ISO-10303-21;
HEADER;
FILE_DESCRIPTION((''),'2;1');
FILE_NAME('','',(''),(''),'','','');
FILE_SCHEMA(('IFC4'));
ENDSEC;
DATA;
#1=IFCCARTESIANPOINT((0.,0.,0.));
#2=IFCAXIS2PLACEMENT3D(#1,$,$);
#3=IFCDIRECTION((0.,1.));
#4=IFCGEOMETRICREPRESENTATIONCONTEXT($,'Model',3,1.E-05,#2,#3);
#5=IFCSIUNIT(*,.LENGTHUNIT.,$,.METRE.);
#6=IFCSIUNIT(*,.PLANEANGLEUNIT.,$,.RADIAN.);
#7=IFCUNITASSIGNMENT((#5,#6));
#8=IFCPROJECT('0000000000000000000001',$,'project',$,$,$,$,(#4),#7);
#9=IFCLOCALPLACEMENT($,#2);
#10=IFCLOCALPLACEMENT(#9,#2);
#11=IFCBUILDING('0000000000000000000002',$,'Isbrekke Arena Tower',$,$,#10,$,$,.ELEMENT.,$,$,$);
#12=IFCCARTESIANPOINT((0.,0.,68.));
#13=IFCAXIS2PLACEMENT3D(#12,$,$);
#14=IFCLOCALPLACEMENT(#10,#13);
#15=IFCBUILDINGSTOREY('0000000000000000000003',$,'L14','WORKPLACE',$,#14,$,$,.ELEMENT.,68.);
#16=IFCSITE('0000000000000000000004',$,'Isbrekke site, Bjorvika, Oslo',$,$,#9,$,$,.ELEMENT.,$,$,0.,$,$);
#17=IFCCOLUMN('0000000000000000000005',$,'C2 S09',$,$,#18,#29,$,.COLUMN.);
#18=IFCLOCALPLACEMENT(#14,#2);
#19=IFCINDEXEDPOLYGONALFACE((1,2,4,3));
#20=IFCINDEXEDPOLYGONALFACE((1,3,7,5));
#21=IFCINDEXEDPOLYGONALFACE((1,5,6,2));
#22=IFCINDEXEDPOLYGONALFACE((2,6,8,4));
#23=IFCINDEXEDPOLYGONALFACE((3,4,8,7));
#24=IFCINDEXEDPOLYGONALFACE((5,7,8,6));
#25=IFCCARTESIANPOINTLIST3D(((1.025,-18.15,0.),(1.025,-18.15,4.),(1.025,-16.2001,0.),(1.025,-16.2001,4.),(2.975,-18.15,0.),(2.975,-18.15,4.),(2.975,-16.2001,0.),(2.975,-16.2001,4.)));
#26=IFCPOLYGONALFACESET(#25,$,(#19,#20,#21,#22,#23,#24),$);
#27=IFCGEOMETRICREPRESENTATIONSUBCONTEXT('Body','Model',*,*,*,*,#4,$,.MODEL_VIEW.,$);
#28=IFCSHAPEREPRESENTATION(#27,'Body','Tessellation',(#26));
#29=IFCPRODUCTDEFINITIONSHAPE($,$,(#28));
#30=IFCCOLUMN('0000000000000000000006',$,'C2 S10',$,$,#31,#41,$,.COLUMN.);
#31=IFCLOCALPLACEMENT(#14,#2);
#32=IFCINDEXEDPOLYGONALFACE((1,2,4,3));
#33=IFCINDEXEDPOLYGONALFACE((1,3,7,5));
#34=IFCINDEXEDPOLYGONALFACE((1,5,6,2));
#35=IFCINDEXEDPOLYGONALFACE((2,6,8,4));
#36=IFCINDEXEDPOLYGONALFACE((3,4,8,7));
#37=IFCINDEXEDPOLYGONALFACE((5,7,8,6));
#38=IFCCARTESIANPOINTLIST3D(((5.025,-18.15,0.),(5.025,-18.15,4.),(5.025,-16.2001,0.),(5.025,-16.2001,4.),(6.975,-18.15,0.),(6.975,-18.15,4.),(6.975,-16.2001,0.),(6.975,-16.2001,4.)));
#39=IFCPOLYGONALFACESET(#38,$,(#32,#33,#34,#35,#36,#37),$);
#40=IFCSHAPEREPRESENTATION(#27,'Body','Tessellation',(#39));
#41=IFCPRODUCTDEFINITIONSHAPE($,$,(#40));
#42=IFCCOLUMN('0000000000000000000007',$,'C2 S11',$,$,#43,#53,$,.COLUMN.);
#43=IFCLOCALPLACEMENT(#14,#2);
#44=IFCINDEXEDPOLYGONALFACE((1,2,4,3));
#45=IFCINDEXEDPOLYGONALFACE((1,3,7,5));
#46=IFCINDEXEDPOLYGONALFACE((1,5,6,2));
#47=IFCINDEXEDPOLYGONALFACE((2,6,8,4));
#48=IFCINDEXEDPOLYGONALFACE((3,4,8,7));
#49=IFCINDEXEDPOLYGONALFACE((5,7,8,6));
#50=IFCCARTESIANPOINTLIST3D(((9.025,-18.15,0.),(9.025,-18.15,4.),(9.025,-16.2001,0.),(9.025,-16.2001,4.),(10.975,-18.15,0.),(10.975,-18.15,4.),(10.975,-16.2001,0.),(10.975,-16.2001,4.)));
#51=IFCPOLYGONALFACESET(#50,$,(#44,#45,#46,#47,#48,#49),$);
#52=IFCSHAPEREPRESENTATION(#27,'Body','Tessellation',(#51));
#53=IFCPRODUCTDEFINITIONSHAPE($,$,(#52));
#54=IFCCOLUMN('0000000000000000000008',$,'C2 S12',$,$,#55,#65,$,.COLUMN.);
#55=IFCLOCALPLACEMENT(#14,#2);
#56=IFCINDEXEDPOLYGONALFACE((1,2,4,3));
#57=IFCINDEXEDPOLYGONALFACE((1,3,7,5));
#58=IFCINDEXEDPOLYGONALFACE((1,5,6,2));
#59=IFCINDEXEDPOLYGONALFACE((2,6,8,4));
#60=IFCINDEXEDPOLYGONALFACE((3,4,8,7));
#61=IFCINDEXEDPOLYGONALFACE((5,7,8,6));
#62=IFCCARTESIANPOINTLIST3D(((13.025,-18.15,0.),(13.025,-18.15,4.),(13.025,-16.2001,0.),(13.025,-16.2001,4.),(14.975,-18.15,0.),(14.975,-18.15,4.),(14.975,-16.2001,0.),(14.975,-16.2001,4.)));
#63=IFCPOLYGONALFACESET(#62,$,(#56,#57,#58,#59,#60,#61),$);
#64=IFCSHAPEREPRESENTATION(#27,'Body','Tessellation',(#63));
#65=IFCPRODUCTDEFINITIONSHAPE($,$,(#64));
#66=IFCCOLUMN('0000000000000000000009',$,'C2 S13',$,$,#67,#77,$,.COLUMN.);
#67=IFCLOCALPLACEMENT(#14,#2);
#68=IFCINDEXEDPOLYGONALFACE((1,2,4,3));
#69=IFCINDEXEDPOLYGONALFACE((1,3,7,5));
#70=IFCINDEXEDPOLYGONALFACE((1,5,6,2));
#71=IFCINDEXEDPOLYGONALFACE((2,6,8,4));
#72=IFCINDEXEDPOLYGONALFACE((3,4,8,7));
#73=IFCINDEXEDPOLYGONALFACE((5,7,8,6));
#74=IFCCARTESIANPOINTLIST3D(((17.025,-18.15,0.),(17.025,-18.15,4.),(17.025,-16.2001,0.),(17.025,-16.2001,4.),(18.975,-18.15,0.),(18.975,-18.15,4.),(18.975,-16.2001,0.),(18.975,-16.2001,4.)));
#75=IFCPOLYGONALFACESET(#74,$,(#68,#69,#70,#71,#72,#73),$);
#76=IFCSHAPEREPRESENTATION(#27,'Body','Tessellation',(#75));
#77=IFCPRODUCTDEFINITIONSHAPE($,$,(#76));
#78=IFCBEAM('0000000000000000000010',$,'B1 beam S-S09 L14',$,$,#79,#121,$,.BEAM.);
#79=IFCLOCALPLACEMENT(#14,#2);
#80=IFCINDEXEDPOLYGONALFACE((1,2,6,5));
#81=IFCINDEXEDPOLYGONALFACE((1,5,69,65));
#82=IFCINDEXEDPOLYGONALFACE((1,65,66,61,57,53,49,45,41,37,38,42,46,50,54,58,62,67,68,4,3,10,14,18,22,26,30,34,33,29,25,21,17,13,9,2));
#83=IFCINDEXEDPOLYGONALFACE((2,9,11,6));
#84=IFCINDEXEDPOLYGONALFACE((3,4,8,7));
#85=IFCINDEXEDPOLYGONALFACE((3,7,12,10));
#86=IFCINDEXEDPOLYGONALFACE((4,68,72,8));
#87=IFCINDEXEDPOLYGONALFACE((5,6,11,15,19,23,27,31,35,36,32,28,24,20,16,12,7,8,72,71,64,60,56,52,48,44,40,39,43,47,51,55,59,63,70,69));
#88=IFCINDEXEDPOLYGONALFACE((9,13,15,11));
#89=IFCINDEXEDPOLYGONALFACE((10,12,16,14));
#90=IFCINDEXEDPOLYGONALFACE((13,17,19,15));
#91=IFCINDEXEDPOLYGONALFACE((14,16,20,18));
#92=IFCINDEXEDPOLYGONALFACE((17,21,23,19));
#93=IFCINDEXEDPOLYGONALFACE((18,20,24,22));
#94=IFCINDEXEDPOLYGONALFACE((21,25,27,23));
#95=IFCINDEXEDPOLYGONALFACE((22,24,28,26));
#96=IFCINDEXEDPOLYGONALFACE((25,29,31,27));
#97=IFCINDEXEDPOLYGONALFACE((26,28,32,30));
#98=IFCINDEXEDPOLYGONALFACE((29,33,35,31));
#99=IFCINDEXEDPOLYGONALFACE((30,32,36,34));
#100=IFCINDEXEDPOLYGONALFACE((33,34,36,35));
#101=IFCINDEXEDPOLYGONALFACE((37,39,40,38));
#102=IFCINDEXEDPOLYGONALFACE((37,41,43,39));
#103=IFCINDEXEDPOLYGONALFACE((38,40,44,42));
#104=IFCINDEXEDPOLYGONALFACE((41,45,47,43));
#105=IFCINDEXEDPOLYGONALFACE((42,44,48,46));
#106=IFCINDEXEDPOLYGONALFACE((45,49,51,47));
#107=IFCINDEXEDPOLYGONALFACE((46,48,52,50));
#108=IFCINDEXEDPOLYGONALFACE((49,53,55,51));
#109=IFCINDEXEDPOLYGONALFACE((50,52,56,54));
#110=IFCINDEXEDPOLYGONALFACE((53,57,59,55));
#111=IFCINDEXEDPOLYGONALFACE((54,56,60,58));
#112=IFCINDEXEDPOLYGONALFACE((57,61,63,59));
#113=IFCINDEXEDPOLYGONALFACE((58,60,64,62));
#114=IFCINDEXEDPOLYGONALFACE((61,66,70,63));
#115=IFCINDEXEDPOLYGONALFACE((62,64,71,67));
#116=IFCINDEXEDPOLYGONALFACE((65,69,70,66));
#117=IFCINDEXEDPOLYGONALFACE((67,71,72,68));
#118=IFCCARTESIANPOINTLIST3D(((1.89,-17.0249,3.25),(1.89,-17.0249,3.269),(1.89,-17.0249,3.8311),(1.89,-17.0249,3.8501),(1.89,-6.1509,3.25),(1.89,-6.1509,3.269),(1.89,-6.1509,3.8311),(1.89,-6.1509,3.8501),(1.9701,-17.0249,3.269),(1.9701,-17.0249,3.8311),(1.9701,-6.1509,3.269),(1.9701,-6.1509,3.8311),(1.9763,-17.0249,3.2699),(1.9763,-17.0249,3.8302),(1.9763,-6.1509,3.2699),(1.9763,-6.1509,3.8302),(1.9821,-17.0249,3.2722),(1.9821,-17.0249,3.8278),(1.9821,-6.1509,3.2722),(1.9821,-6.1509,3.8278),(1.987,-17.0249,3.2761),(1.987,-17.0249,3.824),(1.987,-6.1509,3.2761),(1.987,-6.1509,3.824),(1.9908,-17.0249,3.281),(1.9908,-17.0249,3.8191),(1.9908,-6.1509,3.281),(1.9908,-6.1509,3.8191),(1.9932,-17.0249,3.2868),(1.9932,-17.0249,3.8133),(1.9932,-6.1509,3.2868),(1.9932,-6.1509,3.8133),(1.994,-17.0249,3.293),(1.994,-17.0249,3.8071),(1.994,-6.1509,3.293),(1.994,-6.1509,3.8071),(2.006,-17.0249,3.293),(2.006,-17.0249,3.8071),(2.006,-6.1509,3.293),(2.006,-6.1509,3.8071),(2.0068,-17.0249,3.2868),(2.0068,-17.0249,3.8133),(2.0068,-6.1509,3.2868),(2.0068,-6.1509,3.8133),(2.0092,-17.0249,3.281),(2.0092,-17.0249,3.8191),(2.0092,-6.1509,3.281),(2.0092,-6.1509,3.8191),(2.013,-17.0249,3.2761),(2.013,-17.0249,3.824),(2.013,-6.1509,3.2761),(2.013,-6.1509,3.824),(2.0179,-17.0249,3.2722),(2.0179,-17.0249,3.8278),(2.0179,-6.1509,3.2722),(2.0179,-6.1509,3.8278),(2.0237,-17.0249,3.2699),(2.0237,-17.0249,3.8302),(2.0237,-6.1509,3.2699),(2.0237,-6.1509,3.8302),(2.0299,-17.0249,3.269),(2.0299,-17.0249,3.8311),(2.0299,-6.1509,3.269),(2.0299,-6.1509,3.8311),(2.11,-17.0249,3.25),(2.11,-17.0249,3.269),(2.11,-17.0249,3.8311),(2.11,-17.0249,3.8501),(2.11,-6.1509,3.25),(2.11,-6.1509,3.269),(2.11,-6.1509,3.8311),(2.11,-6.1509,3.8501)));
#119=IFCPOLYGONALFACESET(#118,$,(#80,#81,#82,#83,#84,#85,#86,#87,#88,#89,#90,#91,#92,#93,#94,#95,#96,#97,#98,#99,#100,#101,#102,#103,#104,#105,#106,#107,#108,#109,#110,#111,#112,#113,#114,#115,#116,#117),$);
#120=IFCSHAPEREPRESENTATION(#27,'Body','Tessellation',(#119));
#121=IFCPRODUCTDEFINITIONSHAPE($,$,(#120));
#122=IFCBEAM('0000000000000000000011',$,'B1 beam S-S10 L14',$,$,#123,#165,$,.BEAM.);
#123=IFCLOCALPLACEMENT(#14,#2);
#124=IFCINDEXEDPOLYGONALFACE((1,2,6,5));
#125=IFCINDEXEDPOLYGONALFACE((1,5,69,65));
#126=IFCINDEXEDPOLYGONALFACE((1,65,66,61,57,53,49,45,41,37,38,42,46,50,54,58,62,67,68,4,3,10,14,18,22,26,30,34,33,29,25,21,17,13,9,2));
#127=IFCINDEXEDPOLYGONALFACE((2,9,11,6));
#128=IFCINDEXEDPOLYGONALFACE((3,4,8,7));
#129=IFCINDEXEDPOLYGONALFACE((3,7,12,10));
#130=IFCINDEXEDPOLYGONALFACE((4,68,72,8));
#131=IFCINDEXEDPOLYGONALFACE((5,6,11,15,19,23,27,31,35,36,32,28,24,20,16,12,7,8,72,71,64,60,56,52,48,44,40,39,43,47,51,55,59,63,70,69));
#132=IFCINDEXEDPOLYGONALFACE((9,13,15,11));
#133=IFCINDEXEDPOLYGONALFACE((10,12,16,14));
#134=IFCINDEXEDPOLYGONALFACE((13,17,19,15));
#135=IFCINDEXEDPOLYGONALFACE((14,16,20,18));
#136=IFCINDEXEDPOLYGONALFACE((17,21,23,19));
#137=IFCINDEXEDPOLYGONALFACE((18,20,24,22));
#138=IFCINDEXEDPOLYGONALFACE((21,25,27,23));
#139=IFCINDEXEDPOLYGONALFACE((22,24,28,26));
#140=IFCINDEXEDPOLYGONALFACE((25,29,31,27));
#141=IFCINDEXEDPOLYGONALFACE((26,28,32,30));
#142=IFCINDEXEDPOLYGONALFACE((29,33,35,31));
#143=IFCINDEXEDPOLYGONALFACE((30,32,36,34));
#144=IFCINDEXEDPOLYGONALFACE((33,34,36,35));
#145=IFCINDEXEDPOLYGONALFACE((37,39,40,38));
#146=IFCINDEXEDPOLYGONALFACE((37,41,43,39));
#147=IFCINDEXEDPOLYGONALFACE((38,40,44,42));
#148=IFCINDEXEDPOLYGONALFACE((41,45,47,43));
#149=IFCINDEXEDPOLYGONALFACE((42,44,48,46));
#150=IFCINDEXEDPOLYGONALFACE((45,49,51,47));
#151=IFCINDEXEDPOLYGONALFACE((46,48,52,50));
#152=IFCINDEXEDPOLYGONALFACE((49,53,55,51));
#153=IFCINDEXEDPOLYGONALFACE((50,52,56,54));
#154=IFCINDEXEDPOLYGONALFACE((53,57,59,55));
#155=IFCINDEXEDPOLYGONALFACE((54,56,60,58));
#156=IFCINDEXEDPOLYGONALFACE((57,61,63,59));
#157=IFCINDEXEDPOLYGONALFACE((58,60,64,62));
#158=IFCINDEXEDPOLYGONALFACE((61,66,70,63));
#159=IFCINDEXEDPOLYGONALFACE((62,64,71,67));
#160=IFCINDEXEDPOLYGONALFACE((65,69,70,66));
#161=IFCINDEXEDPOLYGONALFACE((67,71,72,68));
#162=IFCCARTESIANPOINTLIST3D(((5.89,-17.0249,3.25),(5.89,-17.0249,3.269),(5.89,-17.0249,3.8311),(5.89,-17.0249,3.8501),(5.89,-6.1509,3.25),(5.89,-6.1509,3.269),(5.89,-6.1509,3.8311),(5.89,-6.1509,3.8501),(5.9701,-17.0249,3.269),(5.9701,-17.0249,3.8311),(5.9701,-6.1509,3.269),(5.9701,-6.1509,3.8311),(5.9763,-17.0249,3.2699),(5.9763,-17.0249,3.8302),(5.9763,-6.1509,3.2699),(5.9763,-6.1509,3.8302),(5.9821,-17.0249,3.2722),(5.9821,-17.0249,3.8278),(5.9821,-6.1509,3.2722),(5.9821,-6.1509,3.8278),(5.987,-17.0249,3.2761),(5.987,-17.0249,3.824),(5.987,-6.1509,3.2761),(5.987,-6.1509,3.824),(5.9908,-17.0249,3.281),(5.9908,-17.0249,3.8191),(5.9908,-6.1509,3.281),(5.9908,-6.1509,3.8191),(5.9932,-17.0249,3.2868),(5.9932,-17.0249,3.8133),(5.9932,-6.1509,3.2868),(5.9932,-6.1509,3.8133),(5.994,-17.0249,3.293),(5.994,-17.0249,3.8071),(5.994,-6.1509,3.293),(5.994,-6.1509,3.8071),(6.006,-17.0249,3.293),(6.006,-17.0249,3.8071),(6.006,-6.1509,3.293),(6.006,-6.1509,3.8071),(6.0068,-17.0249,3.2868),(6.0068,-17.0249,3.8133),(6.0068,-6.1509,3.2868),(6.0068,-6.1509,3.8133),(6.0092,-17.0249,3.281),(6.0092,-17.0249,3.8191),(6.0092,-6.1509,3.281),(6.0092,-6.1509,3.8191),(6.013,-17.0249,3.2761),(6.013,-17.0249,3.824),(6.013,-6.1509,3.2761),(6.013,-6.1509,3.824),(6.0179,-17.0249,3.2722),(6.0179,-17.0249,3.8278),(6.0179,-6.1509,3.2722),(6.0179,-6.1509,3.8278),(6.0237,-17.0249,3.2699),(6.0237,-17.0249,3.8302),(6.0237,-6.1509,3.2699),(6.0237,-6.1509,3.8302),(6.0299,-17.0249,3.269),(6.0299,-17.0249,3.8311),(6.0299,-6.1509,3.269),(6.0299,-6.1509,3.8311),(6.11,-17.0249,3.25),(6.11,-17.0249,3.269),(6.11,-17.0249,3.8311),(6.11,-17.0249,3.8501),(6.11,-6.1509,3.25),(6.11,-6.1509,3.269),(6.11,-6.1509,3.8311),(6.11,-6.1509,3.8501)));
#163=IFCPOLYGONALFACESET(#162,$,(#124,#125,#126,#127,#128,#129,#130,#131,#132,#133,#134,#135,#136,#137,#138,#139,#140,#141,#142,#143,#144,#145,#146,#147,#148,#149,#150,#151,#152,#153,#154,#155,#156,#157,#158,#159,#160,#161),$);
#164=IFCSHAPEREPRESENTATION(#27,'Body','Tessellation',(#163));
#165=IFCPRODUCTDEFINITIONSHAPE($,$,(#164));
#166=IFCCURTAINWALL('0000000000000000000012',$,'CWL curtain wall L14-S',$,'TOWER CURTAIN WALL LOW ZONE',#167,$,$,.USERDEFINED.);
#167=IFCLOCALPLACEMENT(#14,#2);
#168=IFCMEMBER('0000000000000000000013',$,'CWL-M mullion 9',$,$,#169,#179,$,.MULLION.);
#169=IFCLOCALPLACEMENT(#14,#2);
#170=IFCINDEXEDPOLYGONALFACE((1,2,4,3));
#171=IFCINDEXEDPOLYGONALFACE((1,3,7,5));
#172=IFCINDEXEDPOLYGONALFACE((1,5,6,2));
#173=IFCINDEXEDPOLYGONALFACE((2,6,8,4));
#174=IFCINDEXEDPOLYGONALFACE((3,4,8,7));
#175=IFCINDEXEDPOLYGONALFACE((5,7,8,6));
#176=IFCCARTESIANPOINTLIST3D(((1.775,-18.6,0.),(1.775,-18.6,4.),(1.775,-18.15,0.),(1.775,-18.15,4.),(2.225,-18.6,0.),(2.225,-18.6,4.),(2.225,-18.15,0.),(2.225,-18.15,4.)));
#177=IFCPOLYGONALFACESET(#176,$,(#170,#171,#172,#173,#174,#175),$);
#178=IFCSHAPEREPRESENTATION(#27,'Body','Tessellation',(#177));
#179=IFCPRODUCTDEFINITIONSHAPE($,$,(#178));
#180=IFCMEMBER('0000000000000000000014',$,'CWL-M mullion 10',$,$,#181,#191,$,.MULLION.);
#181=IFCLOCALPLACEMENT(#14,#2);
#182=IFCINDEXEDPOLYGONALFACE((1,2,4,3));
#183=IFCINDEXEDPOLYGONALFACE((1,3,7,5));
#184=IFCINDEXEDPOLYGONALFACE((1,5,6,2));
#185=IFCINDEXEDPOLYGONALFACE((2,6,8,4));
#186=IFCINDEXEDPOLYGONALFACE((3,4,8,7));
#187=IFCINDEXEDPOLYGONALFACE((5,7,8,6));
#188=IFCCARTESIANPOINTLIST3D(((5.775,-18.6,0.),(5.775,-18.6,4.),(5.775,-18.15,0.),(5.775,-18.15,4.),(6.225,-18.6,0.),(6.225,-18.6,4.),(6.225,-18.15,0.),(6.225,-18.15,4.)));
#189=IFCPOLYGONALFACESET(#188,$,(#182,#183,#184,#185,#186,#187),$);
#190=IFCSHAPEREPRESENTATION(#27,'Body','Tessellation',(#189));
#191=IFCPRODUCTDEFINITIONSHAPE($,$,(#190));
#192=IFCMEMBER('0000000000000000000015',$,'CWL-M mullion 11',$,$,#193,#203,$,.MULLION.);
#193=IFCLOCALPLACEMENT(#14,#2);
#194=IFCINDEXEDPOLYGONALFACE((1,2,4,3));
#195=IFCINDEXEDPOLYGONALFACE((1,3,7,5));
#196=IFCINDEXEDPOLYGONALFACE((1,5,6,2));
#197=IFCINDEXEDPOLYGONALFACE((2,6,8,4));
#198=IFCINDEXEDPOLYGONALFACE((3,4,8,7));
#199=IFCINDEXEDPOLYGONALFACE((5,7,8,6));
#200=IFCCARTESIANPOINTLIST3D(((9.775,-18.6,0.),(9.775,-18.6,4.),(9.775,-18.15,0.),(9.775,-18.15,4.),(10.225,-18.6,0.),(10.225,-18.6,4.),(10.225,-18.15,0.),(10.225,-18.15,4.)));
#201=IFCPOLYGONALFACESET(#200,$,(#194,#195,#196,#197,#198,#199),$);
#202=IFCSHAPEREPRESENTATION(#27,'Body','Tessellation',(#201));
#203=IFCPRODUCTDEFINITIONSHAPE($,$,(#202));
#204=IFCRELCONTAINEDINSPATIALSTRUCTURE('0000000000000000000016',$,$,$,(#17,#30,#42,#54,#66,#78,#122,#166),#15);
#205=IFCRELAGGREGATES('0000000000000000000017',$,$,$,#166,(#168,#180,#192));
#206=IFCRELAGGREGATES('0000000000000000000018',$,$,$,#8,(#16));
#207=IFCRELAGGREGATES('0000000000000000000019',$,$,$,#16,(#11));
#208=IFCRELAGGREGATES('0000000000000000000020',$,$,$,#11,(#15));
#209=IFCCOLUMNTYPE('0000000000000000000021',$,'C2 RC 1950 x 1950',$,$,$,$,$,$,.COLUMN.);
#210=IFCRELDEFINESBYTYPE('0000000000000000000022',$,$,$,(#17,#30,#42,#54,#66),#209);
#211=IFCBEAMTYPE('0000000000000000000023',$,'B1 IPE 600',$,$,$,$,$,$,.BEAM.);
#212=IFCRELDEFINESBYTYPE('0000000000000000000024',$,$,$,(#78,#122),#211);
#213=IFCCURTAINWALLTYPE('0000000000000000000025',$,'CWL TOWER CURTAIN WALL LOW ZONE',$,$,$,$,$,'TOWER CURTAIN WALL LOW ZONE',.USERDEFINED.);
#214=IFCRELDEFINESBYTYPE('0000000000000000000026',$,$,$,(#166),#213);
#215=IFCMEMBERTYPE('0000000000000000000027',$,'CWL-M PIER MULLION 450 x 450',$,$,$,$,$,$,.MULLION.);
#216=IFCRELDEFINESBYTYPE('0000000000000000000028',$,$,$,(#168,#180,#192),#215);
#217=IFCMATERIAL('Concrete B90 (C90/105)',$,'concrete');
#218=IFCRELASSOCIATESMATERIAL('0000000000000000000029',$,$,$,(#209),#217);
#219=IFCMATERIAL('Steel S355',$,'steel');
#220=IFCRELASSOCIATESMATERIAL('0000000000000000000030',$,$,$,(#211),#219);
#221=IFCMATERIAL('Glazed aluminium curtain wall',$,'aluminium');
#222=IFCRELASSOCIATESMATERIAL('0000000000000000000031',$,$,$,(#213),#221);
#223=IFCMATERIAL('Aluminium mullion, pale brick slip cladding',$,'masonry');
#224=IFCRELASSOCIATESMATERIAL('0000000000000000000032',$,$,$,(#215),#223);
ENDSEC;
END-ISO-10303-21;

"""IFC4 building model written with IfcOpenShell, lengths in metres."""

from ifc_helpers import new_model, si_unit, direction, frame, origin, origin_2d, place, context, subcontext, project, spatial, rectangle, i_section, extrude, material, material_profile, profile_set, type_object, element, aggregate, save


model = new_model("IFC4")

# Units and contexts
model_context = context("Model", 3, precision=1e-05, world=origin(), true_north=direction((0.0, 1.0)))
body_context = subcontext(model_context, "Body", "Model", "MODEL_VIEW")
ifc_project = project(units=[si_unit("LENGTHUNIT", "METRE"), si_unit("PLANEANGLEUNIT", "RADIAN")], contexts=[model_context])

# Site, building, storey
site_placement = place(None, origin())
site = spatial("IfcSite", under=ifc_project, at=site_placement, Name="Isbrekke site, Bjorvika, Oslo", CompositionType="ELEMENT", RefElevation=0.0)
building_placement = place(site_placement, origin())
building = spatial("IfcBuilding", under=site, at=building_placement, Name="Isbrekke Arena Tower", CompositionType="ELEMENT")
storey_placement = place(building_placement, frame((0.0, 0.0, 68.0)))
storey = spatial("IfcBuildingStorey", under=building, at=storey_placement, Name="L14", Description="WORKPLACE", CompositionType="ELEMENT", Elevation=68.0)

# Columns
ifc_material_1 = material(Name="Concrete B90 (C90/105)", Category="concrete")
ifc_material_profile_1 = material_profile(ifc_material_1, rectangle(XDim=1.95, YDim=1.95, at=origin_2d()), Name="RC 1950x1950")
ifc_profile_set_1 = profile_set([ifc_material_profile_1], Name="Concrete B90 (C90/105)")
column_type = type_object("IfcColumnType", Name="C2 RC 1950 x 1950", PredefinedType="COLUMN", material=ifc_profile_set_1)
for number, where, z_axis, x_axis, name in (
    (1, (2.0, -17.175, 0.0), (0.0, 0.0, 1.0), (1.0, 0.0, 0.0), "C2 S09"),
    (2, (6.0, -17.175, 0.0), (0.0, 0.0, 1.0), (1.0, 0.0, 0.0), "C2 S10"),
    (3, (10.0, -17.175, 0.0), (0.0, 0.0, 1.0), (1.0, 0.0, 0.0), "C2 S11"),
    (4, (14.0, -17.175, 0.0), (0.0, 0.0, 1.0), (1.0, 0.0, 0.0), "C2 S12"),
    (5, (18.0, -17.175, 0.0), (0.0, 0.0, 1.0), (1.0, 0.0, 0.0), "C2 S13"),
):
    element("IfcColumn", number, at=place(storey_placement, frame(where, z_axis=z_axis, x_axis=x_axis)), inside=storey, type_object=column_type, Name=name, PredefinedType="COLUMN", context=body_context, shape_type="SweptSolid", body=[
        extrude(rectangle(XDim=1.95, YDim=1.95, at=origin_2d()), origin(), (0.0, 0.0, 1.0), 4.0),
    ])

# Beams
ifc_material_2 = material(Name="Steel S355", Category="steel")
ifc_material_profile_2 = material_profile(ifc_material_2, i_section(OverallWidth=0.22, OverallDepth=0.6001, WebThickness=0.012, FlangeThickness=0.019, FilletRadius=0.0239, at=origin_2d()), Name="IPE 600")
ifc_profile_set_2 = profile_set([ifc_material_profile_2], Name="Steel S355")
beam_type_1 = type_object("IfcBeamType", Name="B1 IPE 600", PredefinedType="BEAM", material=ifc_profile_set_2)
for number, where, z_axis, x_axis, name in (
    (6, (2.0, -17.0249, 3.55), (0.0, 1.0, 0.0), (-1.0, 0.0, 0.0), "B1 beam S-S09 L14"),
    (7, (6.0, -17.0249, 3.55), (0.0, 1.0, 0.0), (-1.0, 0.0, 0.0), "B1 beam S-S10 L14"),
):
    element("IfcBeam", number, at=place(storey_placement, frame(where, z_axis=z_axis, x_axis=x_axis)), inside=storey, type_object=beam_type_1, Name=name, PredefinedType="BEAM", context=body_context, shape_type="SweptSolid", body=[
        extrude(i_section(OverallWidth=0.22, OverallDepth=0.6001, WebThickness=0.012, FlangeThickness=0.019, FilletRadius=0.0239, at=origin_2d()), origin(), (0.0, 0.0, 1.0), 10.874),
    ])

# Curtain wall, members
ifc_material_3 = material(Name="Glazed aluminium curtain wall", Category="aluminium")
curtain_wall_type = type_object("IfcCurtainWallType", Name="CWL TOWER CURTAIN WALL LOW ZONE", ElementType="TOWER CURTAIN WALL LOW ZONE", PredefinedType="USERDEFINED", material=ifc_material_3)
curtain_wall_placement = place(storey_placement, origin())
curtain_wall = element("IfcCurtainWall", 8, at=curtain_wall_placement, inside=storey, type_object=curtain_wall_type, Name="CWL curtain wall L14-S", ObjectType="TOWER CURTAIN WALL LOW ZONE", PredefinedType="USERDEFINED")
ifc_material_4 = material(Name="Aluminium mullion, pale brick slip cladding", Category="masonry")
ifc_material_profile_3 = material_profile(ifc_material_4, rectangle(XDim=0.45, YDim=0.45, at=origin_2d()), Name="PIER 450X450")
ifc_profile_set_3 = profile_set([ifc_material_profile_3], Name="Aluminium mullion, pale brick slip cladding")
member_type_1 = type_object("IfcMemberType", Name="CWL-M PIER MULLION 450 x 450", PredefinedType="MULLION", material=ifc_profile_set_3)
member_1_placement = place(storey_placement, frame((2.0, -18.375, 0.0), z_axis=(0.0, 0.0, 1.0), x_axis=(1.0, 0.0, 0.0)))
member_1 = element("IfcMember", 9, at=member_1_placement, type_object=member_type_1, Name="CWL-M mullion 9", PredefinedType="MULLION", context=body_context, shape_type="SweptSolid", body=[
    extrude(rectangle(XDim=0.45, YDim=0.45, at=origin_2d()), origin(), (0.0, 0.0, 1.0), 4.0),
])
member_2_placement = place(storey_placement, frame((6.0, -18.375, 0.0), z_axis=(0.0, 0.0, 1.0), x_axis=(1.0, 0.0, 0.0)))
member_2 = element("IfcMember", 10, at=member_2_placement, type_object=member_type_1, Name="CWL-M mullion 10", PredefinedType="MULLION", context=body_context, shape_type="SweptSolid", body=[
    extrude(rectangle(XDim=0.45, YDim=0.45, at=origin_2d()), origin(), (0.0, 0.0, 1.0), 4.0),
])
member_3_placement = place(storey_placement, frame((10.0, -18.375, 0.0), z_axis=(0.0, 0.0, 1.0), x_axis=(1.0, 0.0, 0.0)))
member_3 = element("IfcMember", 11, at=member_3_placement, type_object=member_type_1, Name="CWL-M mullion 11", PredefinedType="MULLION", context=body_context, shape_type="SweptSolid", body=[
    extrude(rectangle(XDim=0.45, YDim=0.45, at=origin_2d()), origin(), (0.0, 0.0, 1.0), 4.0),
])

aggregate(curtain_wall, [member_1, member_2, member_3])

save(model, "model.ifc")
